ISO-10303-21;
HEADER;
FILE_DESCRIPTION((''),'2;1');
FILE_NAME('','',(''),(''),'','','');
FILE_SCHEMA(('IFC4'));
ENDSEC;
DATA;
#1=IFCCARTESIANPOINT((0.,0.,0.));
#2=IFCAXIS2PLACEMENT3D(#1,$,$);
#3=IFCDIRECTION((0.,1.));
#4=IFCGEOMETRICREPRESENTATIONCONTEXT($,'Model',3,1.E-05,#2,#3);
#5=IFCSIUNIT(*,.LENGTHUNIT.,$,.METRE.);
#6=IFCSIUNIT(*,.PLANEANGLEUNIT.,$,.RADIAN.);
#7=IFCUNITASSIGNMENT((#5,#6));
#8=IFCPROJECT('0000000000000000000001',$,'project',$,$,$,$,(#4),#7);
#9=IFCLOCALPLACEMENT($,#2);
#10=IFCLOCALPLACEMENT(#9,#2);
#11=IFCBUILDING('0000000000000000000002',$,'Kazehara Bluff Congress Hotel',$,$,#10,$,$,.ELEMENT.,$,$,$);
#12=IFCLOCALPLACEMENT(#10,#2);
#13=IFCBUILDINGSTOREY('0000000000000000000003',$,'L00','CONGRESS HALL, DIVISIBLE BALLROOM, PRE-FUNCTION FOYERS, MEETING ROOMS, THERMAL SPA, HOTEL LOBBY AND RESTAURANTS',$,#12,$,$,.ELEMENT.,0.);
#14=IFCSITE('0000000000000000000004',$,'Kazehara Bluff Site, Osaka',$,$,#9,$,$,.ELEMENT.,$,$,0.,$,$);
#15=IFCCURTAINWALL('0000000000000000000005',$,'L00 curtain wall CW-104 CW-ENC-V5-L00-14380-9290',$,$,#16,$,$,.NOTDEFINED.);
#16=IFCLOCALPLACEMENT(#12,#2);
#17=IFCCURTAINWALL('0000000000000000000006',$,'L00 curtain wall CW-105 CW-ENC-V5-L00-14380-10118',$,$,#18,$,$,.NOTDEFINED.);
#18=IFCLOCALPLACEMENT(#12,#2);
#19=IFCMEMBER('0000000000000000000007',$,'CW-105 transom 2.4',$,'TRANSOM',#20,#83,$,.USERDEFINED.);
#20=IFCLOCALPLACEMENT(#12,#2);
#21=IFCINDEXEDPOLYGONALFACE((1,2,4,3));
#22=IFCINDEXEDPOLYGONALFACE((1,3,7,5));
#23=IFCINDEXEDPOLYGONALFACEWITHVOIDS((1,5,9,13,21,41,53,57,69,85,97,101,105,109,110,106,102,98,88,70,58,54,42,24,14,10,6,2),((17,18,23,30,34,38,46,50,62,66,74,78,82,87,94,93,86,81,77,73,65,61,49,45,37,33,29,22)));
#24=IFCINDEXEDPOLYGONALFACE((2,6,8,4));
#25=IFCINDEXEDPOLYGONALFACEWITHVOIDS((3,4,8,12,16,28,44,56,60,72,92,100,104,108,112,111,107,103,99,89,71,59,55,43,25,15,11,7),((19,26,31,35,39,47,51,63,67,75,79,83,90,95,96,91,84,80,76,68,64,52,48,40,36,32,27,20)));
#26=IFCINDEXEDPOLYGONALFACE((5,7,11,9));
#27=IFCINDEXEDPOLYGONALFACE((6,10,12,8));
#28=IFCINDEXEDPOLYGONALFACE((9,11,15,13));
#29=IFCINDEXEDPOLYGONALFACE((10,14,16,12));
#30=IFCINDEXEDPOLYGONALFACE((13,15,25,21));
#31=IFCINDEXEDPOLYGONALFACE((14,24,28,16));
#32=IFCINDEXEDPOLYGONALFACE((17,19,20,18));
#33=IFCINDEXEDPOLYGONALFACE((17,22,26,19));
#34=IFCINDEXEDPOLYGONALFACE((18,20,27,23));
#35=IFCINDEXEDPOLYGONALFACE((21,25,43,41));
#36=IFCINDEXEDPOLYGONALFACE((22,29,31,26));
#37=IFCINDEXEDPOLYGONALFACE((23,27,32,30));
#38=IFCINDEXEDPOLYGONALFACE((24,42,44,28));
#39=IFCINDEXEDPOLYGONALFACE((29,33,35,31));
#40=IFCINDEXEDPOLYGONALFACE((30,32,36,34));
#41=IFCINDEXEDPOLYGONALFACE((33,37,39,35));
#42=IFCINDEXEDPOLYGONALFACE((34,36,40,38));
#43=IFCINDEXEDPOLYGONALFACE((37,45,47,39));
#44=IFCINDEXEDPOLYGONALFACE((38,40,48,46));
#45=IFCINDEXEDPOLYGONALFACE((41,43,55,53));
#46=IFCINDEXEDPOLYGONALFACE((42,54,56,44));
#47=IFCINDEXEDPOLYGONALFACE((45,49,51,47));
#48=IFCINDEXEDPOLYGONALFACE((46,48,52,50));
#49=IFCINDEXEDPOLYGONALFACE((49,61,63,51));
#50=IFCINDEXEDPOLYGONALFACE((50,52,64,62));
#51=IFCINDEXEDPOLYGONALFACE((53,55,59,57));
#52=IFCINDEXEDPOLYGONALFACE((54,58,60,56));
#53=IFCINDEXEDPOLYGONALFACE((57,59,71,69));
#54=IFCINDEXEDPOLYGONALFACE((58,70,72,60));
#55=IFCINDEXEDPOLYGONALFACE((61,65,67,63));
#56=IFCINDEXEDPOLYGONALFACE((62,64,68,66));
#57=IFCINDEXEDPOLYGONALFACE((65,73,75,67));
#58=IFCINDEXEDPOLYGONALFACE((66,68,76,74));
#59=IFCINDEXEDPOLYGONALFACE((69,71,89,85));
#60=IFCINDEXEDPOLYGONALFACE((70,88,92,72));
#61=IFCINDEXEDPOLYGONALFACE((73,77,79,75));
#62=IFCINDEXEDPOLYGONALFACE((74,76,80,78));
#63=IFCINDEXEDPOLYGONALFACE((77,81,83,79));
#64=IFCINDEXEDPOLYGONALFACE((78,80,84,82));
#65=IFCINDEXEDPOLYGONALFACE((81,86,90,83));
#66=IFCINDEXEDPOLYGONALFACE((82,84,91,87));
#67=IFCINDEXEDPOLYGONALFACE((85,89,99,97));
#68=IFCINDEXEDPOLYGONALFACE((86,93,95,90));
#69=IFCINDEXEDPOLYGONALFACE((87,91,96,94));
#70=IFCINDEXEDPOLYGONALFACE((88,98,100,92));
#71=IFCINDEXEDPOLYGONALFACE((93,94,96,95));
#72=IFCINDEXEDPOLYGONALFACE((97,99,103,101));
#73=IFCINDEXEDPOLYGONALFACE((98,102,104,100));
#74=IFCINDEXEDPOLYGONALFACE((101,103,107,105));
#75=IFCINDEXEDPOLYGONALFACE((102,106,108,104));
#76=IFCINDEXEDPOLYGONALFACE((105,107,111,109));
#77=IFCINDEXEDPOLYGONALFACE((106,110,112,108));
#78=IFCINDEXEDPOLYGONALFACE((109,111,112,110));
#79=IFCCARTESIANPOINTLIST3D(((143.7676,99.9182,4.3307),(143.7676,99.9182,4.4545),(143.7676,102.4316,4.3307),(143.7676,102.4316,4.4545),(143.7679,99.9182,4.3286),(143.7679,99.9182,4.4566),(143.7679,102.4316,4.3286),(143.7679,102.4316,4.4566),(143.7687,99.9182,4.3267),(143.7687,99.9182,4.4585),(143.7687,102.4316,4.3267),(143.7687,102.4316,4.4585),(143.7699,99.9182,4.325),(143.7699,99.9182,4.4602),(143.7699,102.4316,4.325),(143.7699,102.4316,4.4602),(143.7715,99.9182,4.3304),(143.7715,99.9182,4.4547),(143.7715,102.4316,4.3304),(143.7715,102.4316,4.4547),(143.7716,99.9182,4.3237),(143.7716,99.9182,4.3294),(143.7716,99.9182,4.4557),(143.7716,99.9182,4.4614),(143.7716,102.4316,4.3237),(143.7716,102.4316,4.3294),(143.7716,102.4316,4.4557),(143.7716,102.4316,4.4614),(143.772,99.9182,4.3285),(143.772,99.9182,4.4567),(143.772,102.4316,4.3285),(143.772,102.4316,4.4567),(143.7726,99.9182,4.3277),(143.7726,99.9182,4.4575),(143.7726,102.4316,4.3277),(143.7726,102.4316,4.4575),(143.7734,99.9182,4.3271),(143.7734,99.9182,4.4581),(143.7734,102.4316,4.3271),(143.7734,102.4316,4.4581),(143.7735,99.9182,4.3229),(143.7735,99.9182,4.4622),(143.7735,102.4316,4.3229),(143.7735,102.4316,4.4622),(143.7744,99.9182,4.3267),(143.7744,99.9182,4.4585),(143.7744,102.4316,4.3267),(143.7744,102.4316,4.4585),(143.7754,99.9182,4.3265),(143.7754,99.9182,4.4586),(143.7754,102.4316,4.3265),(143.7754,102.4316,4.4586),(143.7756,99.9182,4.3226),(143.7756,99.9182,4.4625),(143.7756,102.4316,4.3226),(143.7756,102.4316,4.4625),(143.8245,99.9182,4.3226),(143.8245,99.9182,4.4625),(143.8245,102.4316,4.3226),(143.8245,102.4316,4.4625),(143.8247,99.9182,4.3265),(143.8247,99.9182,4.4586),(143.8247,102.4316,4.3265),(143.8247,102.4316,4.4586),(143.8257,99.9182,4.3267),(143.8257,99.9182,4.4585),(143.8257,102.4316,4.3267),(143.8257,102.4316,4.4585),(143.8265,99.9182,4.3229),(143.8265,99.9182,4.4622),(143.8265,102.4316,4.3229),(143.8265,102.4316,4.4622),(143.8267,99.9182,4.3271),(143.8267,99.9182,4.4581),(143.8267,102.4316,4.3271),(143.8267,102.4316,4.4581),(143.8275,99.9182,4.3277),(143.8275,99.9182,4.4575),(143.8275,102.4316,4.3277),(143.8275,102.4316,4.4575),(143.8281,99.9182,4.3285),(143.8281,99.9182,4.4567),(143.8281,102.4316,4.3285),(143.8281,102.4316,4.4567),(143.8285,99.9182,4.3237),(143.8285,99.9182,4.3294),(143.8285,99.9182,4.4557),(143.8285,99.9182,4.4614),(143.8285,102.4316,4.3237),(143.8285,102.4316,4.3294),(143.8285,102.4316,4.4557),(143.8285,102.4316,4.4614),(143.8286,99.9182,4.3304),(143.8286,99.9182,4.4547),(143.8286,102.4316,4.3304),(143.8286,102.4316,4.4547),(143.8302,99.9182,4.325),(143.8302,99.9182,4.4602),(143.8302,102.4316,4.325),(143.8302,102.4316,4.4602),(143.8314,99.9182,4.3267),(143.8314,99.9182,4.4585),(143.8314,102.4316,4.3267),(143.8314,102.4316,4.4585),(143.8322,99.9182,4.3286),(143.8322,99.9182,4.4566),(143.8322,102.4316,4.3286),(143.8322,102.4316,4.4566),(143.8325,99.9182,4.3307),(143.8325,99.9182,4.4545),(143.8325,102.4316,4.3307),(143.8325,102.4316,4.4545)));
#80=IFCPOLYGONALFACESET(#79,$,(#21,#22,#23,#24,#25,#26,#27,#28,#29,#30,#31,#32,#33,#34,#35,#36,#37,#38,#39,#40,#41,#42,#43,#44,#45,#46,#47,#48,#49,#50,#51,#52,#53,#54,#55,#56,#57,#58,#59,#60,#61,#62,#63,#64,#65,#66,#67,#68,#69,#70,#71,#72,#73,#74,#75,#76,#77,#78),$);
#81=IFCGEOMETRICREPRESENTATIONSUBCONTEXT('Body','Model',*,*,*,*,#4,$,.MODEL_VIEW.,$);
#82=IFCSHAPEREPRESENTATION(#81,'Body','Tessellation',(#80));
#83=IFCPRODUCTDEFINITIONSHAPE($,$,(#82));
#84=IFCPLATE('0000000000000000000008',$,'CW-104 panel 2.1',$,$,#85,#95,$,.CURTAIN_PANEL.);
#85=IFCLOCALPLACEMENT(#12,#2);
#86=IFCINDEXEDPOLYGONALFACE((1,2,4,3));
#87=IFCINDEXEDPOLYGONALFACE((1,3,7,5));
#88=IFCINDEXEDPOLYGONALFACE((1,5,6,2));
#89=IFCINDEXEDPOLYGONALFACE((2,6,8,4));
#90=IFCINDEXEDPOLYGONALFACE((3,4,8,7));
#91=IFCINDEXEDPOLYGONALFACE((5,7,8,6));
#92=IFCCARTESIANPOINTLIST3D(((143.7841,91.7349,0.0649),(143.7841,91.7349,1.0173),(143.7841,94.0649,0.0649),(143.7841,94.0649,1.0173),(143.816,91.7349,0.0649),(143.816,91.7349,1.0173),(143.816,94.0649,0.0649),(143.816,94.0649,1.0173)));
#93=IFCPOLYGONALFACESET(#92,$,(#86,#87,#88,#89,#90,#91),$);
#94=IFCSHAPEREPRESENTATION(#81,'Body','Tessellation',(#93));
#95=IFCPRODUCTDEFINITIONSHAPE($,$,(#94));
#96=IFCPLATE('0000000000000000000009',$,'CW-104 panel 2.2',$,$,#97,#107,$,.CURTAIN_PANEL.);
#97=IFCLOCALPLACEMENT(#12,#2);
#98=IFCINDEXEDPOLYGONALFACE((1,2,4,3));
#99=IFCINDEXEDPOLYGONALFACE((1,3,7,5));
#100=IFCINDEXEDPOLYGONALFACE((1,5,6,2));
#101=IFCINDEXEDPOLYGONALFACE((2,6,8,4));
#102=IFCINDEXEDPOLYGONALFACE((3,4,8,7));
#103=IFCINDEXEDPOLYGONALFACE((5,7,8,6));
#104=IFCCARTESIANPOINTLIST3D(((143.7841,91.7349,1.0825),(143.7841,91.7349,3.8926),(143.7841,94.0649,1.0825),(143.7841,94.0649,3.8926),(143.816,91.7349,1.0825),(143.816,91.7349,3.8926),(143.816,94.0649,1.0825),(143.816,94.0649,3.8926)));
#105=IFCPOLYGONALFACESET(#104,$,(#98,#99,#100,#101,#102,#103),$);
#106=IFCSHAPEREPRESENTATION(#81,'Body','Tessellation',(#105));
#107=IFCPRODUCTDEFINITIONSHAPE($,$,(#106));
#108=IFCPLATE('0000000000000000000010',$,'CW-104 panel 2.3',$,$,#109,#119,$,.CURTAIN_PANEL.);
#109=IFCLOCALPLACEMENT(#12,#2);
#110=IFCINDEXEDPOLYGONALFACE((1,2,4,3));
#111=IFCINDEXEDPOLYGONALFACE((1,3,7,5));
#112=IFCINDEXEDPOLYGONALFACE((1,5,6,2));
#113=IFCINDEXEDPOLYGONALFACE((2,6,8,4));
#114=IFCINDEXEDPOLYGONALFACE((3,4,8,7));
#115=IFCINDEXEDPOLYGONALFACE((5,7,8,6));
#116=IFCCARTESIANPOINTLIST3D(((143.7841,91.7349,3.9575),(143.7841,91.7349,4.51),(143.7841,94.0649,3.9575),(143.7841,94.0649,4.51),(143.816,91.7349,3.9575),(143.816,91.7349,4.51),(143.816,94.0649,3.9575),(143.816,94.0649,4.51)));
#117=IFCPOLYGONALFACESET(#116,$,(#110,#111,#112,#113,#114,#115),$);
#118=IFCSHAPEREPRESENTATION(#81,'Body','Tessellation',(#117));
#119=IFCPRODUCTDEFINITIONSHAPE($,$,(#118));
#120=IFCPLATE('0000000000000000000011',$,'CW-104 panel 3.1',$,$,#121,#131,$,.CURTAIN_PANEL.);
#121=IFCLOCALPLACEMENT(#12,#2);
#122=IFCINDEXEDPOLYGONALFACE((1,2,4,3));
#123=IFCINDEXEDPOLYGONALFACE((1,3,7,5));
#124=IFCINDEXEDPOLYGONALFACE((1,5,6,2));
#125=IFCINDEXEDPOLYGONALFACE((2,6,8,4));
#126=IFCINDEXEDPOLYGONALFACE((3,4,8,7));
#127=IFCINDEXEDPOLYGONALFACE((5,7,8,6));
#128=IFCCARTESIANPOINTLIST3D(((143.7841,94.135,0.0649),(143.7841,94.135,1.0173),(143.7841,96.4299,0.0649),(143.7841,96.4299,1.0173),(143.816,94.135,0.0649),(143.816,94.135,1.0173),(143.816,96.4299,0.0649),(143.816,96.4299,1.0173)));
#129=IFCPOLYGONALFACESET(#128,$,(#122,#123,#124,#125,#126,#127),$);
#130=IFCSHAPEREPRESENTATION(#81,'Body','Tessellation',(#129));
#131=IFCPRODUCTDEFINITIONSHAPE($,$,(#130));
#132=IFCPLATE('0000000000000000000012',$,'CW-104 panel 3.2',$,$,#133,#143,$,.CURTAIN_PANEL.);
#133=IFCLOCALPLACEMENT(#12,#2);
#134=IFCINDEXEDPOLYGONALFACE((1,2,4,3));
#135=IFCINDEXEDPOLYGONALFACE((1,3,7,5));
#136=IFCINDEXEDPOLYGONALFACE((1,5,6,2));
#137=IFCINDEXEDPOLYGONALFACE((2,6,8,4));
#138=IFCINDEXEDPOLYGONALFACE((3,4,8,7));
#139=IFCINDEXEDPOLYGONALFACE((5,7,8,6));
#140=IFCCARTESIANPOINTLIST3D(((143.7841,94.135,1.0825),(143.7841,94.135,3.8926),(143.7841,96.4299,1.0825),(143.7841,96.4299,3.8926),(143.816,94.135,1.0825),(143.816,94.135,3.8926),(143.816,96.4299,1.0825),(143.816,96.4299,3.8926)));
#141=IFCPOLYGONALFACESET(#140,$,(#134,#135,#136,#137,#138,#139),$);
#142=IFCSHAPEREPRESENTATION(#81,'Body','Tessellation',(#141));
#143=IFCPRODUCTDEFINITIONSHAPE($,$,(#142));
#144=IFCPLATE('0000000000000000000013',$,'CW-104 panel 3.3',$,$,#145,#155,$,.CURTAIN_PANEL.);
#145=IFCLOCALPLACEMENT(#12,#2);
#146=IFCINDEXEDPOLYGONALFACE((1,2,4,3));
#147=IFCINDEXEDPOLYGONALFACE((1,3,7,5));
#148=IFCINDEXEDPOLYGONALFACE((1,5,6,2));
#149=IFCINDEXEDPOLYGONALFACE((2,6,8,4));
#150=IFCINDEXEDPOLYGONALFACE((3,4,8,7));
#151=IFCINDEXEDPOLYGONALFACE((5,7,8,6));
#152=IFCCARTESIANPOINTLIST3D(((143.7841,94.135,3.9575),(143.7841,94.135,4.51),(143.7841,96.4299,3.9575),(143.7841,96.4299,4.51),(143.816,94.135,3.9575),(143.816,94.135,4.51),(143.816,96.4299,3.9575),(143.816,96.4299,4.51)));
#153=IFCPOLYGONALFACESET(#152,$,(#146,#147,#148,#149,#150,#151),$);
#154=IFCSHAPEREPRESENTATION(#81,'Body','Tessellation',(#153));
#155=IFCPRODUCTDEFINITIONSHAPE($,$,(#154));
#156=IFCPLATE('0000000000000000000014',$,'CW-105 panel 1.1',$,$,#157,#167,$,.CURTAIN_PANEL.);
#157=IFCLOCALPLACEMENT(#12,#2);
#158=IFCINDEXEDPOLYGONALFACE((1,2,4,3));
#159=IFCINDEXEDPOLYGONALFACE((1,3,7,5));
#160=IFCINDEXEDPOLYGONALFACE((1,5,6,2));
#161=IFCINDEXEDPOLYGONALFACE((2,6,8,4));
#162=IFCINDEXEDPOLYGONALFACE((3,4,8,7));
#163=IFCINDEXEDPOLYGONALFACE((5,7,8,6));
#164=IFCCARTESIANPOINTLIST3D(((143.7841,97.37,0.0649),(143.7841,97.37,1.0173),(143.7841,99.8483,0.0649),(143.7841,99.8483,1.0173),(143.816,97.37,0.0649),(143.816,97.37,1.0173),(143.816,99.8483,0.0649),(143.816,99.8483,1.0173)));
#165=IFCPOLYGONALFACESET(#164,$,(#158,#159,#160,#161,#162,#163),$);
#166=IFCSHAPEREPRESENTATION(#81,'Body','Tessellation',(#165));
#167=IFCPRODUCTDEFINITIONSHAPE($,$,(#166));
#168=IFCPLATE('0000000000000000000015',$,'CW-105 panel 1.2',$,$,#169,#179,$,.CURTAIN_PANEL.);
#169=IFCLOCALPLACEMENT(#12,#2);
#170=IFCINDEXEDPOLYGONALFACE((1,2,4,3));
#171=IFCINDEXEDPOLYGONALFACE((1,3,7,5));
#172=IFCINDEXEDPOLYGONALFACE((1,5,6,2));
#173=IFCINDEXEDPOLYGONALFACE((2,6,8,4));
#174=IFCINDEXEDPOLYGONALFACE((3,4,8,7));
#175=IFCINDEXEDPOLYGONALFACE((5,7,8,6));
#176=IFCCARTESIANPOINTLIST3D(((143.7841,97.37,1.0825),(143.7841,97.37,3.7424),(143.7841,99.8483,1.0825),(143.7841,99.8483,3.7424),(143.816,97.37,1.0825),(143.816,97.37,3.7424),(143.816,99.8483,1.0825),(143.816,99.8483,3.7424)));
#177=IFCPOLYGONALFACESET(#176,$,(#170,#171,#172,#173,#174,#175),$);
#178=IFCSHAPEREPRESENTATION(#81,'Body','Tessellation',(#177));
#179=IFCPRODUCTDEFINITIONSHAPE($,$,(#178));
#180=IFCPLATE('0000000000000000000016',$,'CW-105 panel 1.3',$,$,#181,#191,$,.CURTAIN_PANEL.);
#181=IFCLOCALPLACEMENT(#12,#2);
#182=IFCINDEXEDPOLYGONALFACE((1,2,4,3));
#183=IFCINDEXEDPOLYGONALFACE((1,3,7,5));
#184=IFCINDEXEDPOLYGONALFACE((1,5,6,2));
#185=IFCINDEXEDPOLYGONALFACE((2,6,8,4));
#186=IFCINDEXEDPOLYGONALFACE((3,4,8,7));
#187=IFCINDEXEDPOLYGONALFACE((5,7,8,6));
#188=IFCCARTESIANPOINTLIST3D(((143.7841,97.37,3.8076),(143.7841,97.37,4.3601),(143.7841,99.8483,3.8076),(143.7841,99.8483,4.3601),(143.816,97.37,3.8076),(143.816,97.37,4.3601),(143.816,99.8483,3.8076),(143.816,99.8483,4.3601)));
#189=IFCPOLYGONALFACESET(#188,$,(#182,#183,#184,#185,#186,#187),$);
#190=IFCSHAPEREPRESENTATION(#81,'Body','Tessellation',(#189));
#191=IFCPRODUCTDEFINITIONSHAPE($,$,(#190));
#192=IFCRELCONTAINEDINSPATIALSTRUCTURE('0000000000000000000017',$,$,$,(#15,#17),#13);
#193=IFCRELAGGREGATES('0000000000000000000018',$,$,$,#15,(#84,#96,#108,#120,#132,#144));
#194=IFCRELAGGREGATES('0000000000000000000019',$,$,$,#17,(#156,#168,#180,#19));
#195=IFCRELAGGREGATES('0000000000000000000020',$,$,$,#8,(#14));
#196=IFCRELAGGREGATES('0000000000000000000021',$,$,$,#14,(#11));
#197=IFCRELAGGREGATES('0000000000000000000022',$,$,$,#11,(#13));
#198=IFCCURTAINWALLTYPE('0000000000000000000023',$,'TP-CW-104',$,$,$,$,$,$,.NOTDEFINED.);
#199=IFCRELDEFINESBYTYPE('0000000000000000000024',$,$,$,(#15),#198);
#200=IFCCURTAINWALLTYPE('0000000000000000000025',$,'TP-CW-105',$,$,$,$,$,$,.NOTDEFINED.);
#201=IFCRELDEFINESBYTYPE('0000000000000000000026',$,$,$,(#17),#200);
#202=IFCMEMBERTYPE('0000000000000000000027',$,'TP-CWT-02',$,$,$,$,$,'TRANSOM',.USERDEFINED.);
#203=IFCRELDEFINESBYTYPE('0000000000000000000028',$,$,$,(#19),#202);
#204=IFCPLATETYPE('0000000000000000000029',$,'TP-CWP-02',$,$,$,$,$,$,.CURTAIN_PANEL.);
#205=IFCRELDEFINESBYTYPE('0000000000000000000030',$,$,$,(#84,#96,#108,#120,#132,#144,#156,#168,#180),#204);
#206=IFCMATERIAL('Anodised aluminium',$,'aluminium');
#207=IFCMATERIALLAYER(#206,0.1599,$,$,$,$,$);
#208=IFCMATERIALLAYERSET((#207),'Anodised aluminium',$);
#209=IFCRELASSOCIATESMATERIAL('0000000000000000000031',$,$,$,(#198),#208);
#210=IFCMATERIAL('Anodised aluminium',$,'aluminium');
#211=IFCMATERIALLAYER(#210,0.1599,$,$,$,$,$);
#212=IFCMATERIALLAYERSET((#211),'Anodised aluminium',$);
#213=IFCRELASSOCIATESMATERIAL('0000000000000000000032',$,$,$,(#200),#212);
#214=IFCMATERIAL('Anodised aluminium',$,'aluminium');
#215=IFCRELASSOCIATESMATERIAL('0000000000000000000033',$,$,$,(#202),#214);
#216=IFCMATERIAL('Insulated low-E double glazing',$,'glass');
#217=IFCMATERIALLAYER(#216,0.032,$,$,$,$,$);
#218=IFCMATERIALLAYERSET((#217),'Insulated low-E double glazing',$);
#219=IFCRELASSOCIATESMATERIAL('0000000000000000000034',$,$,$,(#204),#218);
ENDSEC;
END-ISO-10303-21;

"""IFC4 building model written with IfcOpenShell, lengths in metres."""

from ifc_helpers import new_model, si_unit, direction, frame, origin, origin_2d, place, context, subcontext, project, spatial, rectangle, hollow_rectangle, extrude, material, layer, layer_set, material_profile, profile_set, type_object, element, aggregate, save


model = new_model("IFC4")

# Units and contexts
model_context = context("Model", 3, precision=1e-05, world=origin(), true_north=direction((0.0, 1.0)))
body_context = subcontext(model_context, "Body", "Model", "MODEL_VIEW")
ifc_project = project(units=[si_unit("LENGTHUNIT", "METRE"), si_unit("PLANEANGLEUNIT", "RADIAN")], contexts=[model_context])

# Site, building, storey
site_placement = place(None, origin())
site = spatial("IfcSite", under=ifc_project, at=site_placement, Name="Kazehara Bluff Site, Osaka", CompositionType="ELEMENT", RefElevation=0.0)
building_placement = place(site_placement, origin())
building = spatial("IfcBuilding", under=site, at=building_placement, Name="Kazehara Bluff Congress Hotel", CompositionType="ELEMENT")
storey_placement = place(building_placement, origin())
storey = spatial("IfcBuildingStorey", under=building, at=storey_placement, Name="L00", Description="CONGRESS HALL, DIVISIBLE BALLROOM, PRE-FUNCTION FOYERS, MEETING ROOMS, THERMAL SPA, HOTEL LOBBY AND RESTAURANTS", CompositionType="ELEMENT", Elevation=0.0)

# Curtain walls
ifc_material_1 = material(Name="Anodised aluminium", Category="aluminium")
ifc_layer_1 = layer(ifc_material_1, 0.1599)
ifc_layer_set_1 = layer_set([ifc_layer_1], Name="Anodised aluminium")
curtain_wall_type_1 = type_object("IfcCurtainWallType", Name="TP-CW-104", PredefinedType="NOTDEFINED", material=ifc_layer_set_1)
curtain_wall_1_placement = place(storey_placement, origin())
curtain_wall_1 = element("IfcCurtainWall", 1, at=curtain_wall_1_placement, inside=storey, type_object=curtain_wall_type_1, Name="L00 curtain wall CW-104 CW-ENC-V5-L00-14380-9290", PredefinedType="NOTDEFINED")
ifc_material_2 = material(Name="Anodised aluminium", Category="aluminium")
ifc_layer_2 = layer(ifc_material_2, 0.1599)
ifc_layer_set_2 = layer_set([ifc_layer_2], Name="Anodised aluminium")
curtain_wall_type_2 = type_object("IfcCurtainWallType", Name="TP-CW-105", PredefinedType="NOTDEFINED", material=ifc_layer_set_2)
curtain_wall_2_placement = place(storey_placement, origin())
curtain_wall_2 = element("IfcCurtainWall", 2, at=curtain_wall_2_placement, inside=storey, type_object=curtain_wall_type_2, Name="L00 curtain wall CW-105 CW-ENC-V5-L00-14380-10118", PredefinedType="NOTDEFINED")

# Member
ifc_material_3 = material(Name="Anodised aluminium", Category="aluminium")
ifc_material_profile_1 = material_profile(ifc_material_3, hollow_rectangle(XDim=0.0649, YDim=0.1399, WallThickness=0.0039, InnerFilletRadius=0.0039, OuterFilletRadius=0.0081, at=origin_2d()))
ifc_profile_set_1 = profile_set([ifc_material_profile_1], Name="Anodised aluminium")
member_type_1 = type_object("IfcMemberType", Name="TP-CWT-02", ElementType="TRANSOM", PredefinedType="USERDEFINED", material=ifc_profile_set_1)
member_1_placement = place(storey_placement, frame((143.8, 99.9182, 4.3926), z_axis=(0.0, 1.0, 0.0), x_axis=(-1.0, 0.0, 0.0)))
member_1 = element("IfcMember", 3, at=member_1_placement, type_object=member_type_1, Name="CW-105 transom 2.4", ObjectType="TRANSOM", PredefinedType="USERDEFINED", context=body_context, shape_type="SweptSolid", body=[
    extrude(hollow_rectangle(XDim=0.0649, YDim=0.1399, WallThickness=0.0039, InnerFilletRadius=0.0039, OuterFilletRadius=0.0081, at=origin_2d()), origin(), (0.0, 0.0, 1.0), 2.5134),
])

# Plates
ifc_material_4 = material(Name="Insulated low-E double glazing", Category="glass")
ifc_layer_3 = layer(ifc_material_4, 0.032)
ifc_layer_set_3 = layer_set([ifc_layer_3], Name="Insulated low-E double glazing")
plate_type = type_object("IfcPlateType", Name="TP-CWP-02", PredefinedType="CURTAIN_PANEL", material=ifc_layer_set_3)
plate_1_placement = place(storey_placement, frame((143.8, 92.8999, 0.0649), z_axis=(0.0, 0.0, 1.0), x_axis=(0.0, 1.0, 0.0)))
plate_1 = element("IfcPlate", 4, at=plate_1_placement, type_object=plate_type, Name="CW-104 panel 2.1", PredefinedType="CURTAIN_PANEL", context=body_context, shape_type="SweptSolid", body=[
    extrude(rectangle(XDim=2.3301, YDim=0.032, at=origin_2d()), origin(), (0.0, 0.0, 1.0), 0.9524),
])
plate_2_placement = place(storey_placement, frame((143.8, 92.8999, 1.0825), z_axis=(0.0, 0.0, 1.0), x_axis=(0.0, 1.0, 0.0)))
plate_2 = element("IfcPlate", 5, at=plate_2_placement, type_object=plate_type, Name="CW-104 panel 2.2", PredefinedType="CURTAIN_PANEL", context=body_context, shape_type="SweptSolid", body=[
    extrude(rectangle(XDim=2.3301, YDim=0.032, at=origin_2d()), origin(), (0.0, 0.0, 1.0), 2.8101),
])
plate_3_placement = place(storey_placement, frame((143.8, 92.8999, 3.9575), z_axis=(0.0, 0.0, 1.0), x_axis=(0.0, 1.0, 0.0)))
plate_3 = element("IfcPlate", 6, at=plate_3_placement, type_object=plate_type, Name="CW-104 panel 2.3", PredefinedType="CURTAIN_PANEL", context=body_context, shape_type="SweptSolid", body=[
    extrude(rectangle(XDim=2.3301, YDim=0.032, at=origin_2d()), origin(), (0.0, 0.0, 1.0), 0.5525),
])
plate_4_placement = place(storey_placement, frame((143.8, 95.2825, 0.0649), z_axis=(0.0, 0.0, 1.0), x_axis=(0.0, 1.0, 0.0)))
plate_4 = element("IfcPlate", 7, at=plate_4_placement, type_object=plate_type, Name="CW-104 panel 3.1", PredefinedType="CURTAIN_PANEL", context=body_context, shape_type="SweptSolid", body=[
    extrude(rectangle(XDim=2.2949, YDim=0.032, at=origin_2d()), origin(), (0.0, 0.0, 1.0), 0.9524),
])
plate_5_placement = place(storey_placement, frame((143.8, 95.2825, 1.0825), z_axis=(0.0, 0.0, 1.0), x_axis=(0.0, 1.0, 0.0)))
plate_5 = element("IfcPlate", 8, at=plate_5_placement, type_object=plate_type, Name="CW-104 panel 3.2", PredefinedType="CURTAIN_PANEL", context=body_context, shape_type="SweptSolid", body=[
    extrude(rectangle(XDim=2.2949, YDim=0.032, at=origin_2d()), origin(), (0.0, 0.0, 1.0), 2.8101),
])
plate_6_placement = place(storey_placement, frame((143.8, 95.2825, 3.9575), z_axis=(0.0, 0.0, 1.0), x_axis=(0.0, 1.0, 0.0)))
plate_6 = element("IfcPlate", 9, at=plate_6_placement, type_object=plate_type, Name="CW-104 panel 3.3", PredefinedType="CURTAIN_PANEL", context=body_context, shape_type="SweptSolid", body=[
    extrude(rectangle(XDim=2.2949, YDim=0.032, at=origin_2d()), origin(), (0.0, 0.0, 1.0), 0.5525),
])
aggregate(curtain_wall_1, [plate_1, plate_2, plate_3, plate_4, plate_5, plate_6])
plate_7_placement = place(storey_placement, frame((143.8, 98.6091, 0.0649), z_axis=(0.0, 0.0, 1.0), x_axis=(0.0, 1.0, 0.0)))
plate_7 = element("IfcPlate", 10, at=plate_7_placement, type_object=plate_type, Name="CW-105 panel 1.1", PredefinedType="CURTAIN_PANEL", context=body_context, shape_type="SweptSolid", body=[
    extrude(rectangle(XDim=2.4783, YDim=0.032, at=origin_2d()), origin(), (0.0, 0.0, 1.0), 0.9524),
])
plate_8_placement = place(storey_placement, frame((143.8, 98.6091, 1.0825), z_axis=(0.0, 0.0, 1.0), x_axis=(0.0, 1.0, 0.0)))
plate_8 = element("IfcPlate", 11, at=plate_8_placement, type_object=plate_type, Name="CW-105 panel 1.2", PredefinedType="CURTAIN_PANEL", context=body_context, shape_type="SweptSolid", body=[
    extrude(rectangle(XDim=2.4783, YDim=0.032, at=origin_2d()), origin(), (0.0, 0.0, 1.0), 2.6599),
])
plate_9_placement = place(storey_placement, frame((143.8, 98.6091, 3.8076), z_axis=(0.0, 0.0, 1.0), x_axis=(0.0, 1.0, 0.0)))
plate_9 = element("IfcPlate", 12, at=plate_9_placement, type_object=plate_type, Name="CW-105 panel 1.3", PredefinedType="CURTAIN_PANEL", context=body_context, shape_type="SweptSolid", body=[
    extrude(rectangle(XDim=2.4783, YDim=0.032, at=origin_2d()), origin(), (0.0, 0.0, 1.0), 0.5525),
])
aggregate(curtain_wall_2, [plate_7, plate_8, plate_9, member_1])

save(model, "model.ifc")
